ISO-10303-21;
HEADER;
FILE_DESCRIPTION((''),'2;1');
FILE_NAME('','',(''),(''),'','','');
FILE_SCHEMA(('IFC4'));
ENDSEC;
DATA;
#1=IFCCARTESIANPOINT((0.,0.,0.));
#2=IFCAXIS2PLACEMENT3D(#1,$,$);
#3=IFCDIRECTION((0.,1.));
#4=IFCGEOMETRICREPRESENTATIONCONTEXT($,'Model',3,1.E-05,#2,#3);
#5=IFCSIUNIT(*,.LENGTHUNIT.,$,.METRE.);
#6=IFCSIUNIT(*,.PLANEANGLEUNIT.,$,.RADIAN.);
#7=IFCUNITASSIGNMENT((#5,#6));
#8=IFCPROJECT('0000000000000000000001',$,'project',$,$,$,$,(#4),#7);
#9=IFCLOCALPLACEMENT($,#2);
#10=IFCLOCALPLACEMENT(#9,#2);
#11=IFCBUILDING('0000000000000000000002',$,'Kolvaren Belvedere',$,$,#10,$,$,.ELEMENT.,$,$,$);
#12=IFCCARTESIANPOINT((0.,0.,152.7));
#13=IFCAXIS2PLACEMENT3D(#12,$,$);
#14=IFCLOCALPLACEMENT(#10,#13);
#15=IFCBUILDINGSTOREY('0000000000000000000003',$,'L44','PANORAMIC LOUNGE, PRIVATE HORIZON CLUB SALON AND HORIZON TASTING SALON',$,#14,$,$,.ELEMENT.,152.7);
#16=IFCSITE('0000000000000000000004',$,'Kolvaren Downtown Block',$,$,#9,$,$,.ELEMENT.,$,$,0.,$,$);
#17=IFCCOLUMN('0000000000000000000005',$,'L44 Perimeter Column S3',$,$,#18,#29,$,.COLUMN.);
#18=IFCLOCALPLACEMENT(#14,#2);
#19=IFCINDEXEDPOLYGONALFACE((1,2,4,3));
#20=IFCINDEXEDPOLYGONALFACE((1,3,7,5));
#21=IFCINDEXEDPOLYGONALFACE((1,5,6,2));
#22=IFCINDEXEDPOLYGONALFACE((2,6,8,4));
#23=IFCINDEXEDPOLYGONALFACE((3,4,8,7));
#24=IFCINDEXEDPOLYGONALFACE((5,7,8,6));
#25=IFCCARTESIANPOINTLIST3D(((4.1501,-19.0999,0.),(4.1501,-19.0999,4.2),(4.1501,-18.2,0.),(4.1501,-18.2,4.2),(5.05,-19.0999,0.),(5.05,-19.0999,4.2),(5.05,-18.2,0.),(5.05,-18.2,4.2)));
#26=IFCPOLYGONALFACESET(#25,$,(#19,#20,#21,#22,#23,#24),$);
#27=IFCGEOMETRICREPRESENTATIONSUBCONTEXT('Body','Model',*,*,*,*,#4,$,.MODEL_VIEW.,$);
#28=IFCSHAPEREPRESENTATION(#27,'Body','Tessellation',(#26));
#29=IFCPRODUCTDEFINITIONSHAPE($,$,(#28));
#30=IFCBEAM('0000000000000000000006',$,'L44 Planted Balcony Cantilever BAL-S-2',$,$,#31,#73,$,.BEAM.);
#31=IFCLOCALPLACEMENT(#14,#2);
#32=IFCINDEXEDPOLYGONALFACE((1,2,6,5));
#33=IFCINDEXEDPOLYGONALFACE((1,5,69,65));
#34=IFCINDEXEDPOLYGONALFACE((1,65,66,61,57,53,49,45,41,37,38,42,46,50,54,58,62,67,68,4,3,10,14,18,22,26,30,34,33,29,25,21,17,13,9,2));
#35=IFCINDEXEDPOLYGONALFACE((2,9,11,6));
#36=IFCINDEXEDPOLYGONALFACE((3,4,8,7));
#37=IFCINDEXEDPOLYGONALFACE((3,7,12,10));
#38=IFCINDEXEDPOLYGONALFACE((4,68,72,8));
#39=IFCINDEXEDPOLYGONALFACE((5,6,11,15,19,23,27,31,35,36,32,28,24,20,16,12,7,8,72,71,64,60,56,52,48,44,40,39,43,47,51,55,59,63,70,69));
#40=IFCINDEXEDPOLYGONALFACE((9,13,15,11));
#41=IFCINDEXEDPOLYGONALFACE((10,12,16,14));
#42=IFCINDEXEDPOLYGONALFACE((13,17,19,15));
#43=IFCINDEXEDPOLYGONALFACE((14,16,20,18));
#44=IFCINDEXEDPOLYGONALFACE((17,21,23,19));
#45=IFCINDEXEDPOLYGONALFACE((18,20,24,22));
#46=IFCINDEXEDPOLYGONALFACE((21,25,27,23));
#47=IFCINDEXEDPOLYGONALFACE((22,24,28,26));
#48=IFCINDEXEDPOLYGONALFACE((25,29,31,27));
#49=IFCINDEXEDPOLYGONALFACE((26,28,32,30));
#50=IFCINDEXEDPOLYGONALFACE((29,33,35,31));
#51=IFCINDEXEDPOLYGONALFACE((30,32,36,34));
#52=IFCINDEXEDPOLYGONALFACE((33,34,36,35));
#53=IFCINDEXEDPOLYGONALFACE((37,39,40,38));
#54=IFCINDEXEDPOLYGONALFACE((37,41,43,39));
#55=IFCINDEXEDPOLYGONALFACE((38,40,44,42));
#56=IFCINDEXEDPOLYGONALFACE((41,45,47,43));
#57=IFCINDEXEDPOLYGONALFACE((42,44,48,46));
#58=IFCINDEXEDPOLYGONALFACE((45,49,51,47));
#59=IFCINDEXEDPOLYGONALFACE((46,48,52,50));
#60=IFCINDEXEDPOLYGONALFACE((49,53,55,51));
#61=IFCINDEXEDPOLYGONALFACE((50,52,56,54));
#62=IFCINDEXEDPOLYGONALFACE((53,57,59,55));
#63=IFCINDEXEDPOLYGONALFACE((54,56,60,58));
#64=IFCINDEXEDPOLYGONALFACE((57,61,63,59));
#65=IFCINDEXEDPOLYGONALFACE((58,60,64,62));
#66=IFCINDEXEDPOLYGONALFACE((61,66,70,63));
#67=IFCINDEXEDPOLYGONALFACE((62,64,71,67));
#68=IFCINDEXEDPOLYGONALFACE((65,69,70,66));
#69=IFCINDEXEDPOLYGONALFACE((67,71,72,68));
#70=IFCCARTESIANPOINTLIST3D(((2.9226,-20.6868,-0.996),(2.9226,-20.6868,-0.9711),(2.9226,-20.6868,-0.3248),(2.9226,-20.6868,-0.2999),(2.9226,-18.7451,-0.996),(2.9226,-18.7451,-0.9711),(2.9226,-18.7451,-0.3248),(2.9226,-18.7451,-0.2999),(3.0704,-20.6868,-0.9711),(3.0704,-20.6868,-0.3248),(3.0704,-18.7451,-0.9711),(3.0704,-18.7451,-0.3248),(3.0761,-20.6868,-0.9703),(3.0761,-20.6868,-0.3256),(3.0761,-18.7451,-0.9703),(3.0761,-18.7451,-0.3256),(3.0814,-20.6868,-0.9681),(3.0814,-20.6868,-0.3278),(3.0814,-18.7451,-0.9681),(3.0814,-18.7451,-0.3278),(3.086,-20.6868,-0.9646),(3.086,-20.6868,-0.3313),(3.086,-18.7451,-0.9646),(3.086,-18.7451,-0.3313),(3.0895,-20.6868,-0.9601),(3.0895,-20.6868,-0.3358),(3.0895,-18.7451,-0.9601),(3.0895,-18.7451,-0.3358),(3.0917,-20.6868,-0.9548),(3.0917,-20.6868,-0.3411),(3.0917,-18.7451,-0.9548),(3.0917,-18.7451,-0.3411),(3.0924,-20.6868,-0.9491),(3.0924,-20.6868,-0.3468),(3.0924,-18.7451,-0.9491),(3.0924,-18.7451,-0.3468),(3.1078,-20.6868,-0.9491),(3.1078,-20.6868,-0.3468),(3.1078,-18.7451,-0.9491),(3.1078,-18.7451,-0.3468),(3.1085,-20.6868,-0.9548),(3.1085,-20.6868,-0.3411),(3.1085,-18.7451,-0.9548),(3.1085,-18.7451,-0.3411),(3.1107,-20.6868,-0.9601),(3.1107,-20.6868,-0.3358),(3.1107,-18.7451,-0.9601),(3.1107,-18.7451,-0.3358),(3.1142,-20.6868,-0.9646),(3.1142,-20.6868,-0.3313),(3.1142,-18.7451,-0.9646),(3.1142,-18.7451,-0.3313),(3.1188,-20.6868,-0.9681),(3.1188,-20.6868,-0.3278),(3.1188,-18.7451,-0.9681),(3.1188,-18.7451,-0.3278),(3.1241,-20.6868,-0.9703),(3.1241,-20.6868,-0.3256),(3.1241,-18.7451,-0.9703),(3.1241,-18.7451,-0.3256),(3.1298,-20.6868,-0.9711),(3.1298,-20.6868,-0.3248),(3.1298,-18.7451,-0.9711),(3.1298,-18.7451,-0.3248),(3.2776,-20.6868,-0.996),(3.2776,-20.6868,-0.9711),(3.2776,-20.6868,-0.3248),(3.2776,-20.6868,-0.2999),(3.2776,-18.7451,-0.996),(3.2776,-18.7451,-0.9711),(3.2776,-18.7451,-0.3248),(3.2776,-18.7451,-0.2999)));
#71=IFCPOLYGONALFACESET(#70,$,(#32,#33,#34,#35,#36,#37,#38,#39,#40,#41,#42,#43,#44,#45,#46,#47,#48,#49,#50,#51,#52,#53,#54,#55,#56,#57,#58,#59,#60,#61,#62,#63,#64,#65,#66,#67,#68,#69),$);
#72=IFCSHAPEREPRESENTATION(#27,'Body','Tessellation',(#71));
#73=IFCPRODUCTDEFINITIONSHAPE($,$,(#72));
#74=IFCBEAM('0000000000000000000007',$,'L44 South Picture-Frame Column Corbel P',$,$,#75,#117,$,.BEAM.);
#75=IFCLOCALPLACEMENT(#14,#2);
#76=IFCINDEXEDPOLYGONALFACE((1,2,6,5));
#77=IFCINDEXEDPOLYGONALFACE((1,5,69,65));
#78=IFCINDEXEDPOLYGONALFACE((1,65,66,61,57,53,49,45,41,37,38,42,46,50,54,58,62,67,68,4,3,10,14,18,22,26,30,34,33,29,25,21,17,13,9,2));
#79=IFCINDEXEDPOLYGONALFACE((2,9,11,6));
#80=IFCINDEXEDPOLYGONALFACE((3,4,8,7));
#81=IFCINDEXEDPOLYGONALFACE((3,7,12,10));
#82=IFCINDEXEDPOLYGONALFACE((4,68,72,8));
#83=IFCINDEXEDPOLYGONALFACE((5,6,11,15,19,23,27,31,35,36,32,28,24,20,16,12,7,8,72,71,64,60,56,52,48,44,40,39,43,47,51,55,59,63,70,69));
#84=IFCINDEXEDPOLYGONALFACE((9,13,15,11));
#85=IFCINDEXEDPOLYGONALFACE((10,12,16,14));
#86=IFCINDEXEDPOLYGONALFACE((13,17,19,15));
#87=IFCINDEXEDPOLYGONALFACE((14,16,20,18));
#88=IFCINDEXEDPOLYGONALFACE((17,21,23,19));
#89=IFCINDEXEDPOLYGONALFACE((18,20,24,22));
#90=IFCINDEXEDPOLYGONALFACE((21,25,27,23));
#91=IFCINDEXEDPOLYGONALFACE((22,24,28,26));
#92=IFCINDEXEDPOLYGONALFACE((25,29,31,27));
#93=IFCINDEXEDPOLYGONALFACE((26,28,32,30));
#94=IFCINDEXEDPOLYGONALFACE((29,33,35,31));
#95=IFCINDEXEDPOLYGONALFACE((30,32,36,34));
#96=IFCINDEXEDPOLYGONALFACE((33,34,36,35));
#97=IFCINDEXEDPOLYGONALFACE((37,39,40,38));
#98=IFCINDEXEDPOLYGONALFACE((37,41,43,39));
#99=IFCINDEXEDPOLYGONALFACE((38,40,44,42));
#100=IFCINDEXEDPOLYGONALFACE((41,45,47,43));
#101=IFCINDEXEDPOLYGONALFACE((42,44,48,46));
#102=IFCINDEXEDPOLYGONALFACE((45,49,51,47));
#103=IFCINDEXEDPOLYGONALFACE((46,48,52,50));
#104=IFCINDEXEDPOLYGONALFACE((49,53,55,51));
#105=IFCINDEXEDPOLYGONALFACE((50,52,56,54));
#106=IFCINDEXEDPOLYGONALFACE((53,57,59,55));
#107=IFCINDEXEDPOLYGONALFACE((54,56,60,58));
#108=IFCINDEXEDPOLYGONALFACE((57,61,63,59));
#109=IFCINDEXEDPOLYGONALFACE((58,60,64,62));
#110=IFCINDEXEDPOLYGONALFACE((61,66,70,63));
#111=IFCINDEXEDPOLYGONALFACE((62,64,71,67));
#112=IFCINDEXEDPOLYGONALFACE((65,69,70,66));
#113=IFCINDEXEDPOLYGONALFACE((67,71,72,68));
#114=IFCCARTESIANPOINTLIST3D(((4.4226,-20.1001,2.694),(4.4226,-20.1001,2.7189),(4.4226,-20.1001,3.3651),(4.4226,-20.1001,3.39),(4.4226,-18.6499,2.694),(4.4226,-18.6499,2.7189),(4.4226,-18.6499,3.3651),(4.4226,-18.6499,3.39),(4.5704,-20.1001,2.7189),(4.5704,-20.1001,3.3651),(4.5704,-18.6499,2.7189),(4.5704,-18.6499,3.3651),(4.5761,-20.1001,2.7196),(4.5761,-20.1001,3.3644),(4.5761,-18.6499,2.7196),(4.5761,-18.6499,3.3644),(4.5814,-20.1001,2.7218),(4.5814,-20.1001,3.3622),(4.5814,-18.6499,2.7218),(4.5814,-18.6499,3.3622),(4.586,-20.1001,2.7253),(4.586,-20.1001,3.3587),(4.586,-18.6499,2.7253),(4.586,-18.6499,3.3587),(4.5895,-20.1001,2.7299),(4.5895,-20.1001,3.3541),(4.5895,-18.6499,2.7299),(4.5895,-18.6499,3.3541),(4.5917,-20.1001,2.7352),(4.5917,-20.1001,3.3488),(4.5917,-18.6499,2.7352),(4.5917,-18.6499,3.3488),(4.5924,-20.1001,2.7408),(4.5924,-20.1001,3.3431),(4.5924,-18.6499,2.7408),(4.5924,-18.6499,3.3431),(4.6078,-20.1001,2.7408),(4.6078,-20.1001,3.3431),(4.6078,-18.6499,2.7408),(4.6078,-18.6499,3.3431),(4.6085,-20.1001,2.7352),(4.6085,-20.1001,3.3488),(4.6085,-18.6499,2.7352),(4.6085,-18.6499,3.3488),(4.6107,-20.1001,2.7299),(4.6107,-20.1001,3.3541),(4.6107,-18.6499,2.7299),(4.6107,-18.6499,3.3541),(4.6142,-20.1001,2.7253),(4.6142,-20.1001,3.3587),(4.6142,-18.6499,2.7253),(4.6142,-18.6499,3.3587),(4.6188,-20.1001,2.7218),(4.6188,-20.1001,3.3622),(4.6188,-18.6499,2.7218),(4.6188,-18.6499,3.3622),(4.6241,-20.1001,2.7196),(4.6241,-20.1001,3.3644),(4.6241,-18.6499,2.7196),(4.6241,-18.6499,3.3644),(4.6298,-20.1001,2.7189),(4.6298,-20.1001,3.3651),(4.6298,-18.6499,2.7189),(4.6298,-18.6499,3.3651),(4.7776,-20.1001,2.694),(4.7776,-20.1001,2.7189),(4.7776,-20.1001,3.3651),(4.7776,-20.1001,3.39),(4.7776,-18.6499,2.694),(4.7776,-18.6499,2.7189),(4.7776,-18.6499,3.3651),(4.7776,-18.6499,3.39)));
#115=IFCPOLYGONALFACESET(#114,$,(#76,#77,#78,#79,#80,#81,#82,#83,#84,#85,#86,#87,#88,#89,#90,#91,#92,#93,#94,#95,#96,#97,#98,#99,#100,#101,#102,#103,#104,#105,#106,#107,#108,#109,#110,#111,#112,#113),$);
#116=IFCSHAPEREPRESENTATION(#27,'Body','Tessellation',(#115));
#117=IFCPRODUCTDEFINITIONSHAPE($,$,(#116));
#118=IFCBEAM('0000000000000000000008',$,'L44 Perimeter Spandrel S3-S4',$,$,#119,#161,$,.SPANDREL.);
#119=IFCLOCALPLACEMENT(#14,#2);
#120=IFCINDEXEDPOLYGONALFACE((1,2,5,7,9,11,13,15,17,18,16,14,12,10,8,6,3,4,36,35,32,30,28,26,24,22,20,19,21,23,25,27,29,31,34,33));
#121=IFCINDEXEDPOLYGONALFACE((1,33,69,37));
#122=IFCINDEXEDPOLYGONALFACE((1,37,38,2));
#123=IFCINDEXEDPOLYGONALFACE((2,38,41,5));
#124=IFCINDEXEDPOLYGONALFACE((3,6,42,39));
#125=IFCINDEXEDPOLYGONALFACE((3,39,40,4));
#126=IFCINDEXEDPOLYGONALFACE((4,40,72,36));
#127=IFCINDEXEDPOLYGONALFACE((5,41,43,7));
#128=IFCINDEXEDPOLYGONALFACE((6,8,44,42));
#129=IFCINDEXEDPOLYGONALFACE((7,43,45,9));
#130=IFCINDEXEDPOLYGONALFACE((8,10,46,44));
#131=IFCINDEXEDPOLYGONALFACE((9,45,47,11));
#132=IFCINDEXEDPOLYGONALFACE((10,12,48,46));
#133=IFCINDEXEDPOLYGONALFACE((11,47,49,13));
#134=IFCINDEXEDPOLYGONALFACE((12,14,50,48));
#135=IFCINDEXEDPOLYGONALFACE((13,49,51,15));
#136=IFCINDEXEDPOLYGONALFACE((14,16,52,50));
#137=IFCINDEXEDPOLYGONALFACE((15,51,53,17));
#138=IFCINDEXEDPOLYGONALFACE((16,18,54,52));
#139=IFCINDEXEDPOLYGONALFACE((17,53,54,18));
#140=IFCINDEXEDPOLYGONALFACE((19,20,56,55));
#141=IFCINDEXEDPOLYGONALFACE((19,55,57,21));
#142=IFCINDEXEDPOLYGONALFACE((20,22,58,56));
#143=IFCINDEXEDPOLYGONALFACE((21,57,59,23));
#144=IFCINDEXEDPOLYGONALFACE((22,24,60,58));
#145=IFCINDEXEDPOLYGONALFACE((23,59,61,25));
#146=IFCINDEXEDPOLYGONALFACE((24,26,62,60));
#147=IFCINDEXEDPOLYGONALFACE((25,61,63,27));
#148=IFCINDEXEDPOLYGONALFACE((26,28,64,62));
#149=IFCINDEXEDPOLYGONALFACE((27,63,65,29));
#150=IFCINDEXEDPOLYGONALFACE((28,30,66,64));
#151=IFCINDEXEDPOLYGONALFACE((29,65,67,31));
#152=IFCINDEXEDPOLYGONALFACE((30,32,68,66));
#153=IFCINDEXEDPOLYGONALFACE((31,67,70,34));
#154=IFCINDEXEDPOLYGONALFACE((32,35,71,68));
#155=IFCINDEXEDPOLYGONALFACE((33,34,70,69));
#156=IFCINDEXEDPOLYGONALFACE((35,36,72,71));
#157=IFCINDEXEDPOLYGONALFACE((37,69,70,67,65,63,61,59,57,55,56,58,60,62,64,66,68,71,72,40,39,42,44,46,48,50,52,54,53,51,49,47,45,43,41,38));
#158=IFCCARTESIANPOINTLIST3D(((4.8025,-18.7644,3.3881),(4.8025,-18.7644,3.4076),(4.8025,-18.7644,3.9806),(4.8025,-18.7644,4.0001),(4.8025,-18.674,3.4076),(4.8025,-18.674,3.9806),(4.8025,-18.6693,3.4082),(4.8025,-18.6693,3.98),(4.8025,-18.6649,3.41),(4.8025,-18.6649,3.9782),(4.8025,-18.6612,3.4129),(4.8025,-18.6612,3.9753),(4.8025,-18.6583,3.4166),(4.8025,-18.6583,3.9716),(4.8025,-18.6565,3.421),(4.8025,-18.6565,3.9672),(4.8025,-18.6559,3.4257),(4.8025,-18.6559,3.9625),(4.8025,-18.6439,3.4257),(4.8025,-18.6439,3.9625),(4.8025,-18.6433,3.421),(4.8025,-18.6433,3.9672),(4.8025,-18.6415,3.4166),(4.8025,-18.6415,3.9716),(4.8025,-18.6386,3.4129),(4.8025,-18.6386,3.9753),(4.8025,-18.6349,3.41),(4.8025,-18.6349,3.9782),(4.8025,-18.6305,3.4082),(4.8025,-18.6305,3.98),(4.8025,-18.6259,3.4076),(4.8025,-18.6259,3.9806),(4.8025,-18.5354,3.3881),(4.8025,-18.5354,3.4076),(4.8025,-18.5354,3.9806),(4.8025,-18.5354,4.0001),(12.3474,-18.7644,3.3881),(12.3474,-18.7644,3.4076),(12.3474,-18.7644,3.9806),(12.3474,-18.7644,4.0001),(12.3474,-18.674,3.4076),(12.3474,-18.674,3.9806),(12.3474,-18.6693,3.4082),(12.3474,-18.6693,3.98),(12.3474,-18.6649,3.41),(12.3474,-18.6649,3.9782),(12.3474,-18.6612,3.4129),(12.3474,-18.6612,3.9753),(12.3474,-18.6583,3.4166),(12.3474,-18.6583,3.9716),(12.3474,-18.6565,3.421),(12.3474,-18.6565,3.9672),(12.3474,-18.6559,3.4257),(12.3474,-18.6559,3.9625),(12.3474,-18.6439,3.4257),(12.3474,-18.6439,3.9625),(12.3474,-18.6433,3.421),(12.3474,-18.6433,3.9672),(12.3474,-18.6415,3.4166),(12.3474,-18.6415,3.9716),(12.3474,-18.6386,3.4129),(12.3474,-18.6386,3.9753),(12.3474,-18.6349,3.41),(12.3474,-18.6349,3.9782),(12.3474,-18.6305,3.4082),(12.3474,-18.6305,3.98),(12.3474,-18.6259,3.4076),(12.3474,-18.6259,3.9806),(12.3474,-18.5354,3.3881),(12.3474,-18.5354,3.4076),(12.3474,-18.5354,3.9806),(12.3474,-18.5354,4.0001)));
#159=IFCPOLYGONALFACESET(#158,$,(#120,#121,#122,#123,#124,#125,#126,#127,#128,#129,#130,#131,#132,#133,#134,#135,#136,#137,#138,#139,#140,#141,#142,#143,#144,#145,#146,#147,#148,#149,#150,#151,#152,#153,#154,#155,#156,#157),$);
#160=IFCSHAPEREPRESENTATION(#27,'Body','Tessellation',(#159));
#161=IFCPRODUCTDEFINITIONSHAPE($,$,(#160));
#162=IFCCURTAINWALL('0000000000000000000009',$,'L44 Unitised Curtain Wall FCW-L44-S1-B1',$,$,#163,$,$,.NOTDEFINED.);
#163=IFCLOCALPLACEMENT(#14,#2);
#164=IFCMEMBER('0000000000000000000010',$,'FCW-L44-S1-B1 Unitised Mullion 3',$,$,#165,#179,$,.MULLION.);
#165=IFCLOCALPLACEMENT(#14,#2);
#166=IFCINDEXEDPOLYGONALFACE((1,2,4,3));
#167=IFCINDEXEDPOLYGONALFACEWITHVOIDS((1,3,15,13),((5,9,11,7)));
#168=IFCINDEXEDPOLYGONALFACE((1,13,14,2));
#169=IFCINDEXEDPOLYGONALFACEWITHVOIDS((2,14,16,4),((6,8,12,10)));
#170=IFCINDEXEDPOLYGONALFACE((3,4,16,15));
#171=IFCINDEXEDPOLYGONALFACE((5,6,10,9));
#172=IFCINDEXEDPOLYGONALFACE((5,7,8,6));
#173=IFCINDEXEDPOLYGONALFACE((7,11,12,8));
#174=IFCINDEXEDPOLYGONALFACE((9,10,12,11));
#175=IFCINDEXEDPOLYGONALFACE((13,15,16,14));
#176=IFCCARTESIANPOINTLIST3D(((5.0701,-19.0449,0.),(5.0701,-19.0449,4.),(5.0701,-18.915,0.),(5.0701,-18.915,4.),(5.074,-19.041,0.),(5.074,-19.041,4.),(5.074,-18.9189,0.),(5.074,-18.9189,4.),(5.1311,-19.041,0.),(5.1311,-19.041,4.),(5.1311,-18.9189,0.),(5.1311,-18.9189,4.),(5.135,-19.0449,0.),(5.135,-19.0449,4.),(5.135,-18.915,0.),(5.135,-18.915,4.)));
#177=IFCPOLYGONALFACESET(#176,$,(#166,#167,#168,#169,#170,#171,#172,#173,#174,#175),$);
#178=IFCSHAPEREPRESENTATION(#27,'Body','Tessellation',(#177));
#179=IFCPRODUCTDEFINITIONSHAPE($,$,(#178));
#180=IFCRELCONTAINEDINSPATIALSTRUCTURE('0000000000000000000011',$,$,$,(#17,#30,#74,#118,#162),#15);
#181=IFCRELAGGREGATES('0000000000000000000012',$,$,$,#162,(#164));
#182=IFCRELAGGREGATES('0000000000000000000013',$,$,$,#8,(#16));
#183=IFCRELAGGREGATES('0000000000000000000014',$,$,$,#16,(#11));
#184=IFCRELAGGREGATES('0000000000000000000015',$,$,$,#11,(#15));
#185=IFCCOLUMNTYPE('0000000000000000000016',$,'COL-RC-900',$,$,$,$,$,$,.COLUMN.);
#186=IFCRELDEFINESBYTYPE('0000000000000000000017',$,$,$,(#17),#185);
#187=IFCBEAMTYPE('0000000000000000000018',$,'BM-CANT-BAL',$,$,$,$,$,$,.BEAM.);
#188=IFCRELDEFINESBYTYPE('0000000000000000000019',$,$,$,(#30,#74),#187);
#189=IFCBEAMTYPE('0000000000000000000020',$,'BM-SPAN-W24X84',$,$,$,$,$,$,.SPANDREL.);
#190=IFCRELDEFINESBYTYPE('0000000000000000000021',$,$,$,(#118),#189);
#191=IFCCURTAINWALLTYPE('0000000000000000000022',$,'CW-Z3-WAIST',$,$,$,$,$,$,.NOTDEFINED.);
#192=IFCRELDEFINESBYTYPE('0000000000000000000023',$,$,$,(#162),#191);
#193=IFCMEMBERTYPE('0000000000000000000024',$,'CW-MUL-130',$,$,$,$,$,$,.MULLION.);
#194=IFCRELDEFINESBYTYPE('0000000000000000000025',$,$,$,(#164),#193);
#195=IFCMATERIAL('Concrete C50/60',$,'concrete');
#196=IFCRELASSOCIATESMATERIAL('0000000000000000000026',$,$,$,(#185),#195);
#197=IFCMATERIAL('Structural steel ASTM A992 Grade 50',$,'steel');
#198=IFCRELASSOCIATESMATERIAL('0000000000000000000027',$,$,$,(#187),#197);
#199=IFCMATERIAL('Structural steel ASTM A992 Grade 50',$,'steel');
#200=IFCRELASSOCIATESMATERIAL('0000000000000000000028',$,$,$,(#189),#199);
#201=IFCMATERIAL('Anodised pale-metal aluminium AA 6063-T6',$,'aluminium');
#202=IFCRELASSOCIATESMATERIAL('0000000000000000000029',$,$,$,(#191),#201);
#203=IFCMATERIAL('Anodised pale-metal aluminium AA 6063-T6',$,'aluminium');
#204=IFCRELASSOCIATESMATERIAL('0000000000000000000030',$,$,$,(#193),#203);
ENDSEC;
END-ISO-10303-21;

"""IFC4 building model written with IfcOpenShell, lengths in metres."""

from ifc_helpers import new_model, si_unit, direction, frame, origin, origin_2d, place, context, subcontext, project, spatial, rectangle, hollow_rectangle, i_section, extrude, material, material_profile, profile_set, type_object, element, aggregate, save


model = new_model("IFC4")

# Units and contexts
model_context = context("Model", 3, precision=1e-05, world=origin(), true_north=direction((0.0, 1.0)))
body_context = subcontext(model_context, "Body", "Model", "MODEL_VIEW")
ifc_project = project(units=[si_unit("LENGTHUNIT", "METRE"), si_unit("PLANEANGLEUNIT", "RADIAN")], contexts=[model_context])

# Site, building, storey
site_placement = place(None, origin())
site = spatial("IfcSite", under=ifc_project, at=site_placement, Name="Kolvaren Downtown Block", CompositionType="ELEMENT", RefElevation=0.0)
building_placement = place(site_placement, origin())
building = spatial("IfcBuilding", under=site, at=building_placement, Name="Kolvaren Belvedere", CompositionType="ELEMENT")
storey_placement = place(building_placement, frame((0.0, 0.0, 152.7)))
storey = spatial("IfcBuildingStorey", under=building, at=storey_placement, Name="L44", Description="PANORAMIC LOUNGE, PRIVATE HORIZON CLUB SALON AND HORIZON TASTING SALON", CompositionType="ELEMENT", Elevation=152.7)

# Column
ifc_material_1 = material(Name="Concrete C50/60", Category="concrete")
ifc_material_profile_1 = material_profile(ifc_material_1, rectangle(XDim=0.8999, YDim=0.8999, at=origin_2d()), Name="RC 900X900")
ifc_profile_set_1 = profile_set([ifc_material_profile_1], Name="Concrete C50/60")
column_type = type_object("IfcColumnType", Name="COL-RC-900", PredefinedType="COLUMN", material=ifc_profile_set_1)
column_placement = place(storey_placement, frame((4.6001, -18.6499, 0.0), z_axis=(0.0, 0.0, 1.0), x_axis=(1.0, 0.0, 0.0)))
element("IfcColumn", 1, at=column_placement, inside=storey, type_object=column_type, Name="L44 Perimeter Column S3", PredefinedType="COLUMN", context=body_context, shape_type="SweptSolid", body=[
    extrude(rectangle(XDim=0.8999, YDim=0.8999, at=origin_2d()), origin(), (0.0, 0.0, 1.0), 4.2),
])

# Beams
ifc_material_2 = material(Name="Structural steel ASTM A992 Grade 50", Category="steel")
ifc_material_profile_2 = material_profile(ifc_material_2, i_section(OverallWidth=0.355, OverallDepth=0.696, WebThickness=0.0154, FlangeThickness=0.0249, FilletRadius=0.022, at=origin_2d()), Name="W27X146")
ifc_profile_set_2 = profile_set([ifc_material_profile_2], Name="Structural steel ASTM A992 Grade 50")
beam_type_1 = type_object("IfcBeamType", Name="BM-CANT-BAL", PredefinedType="BEAM", material=ifc_profile_set_2)
beam_1_placement = place(storey_placement, frame((3.1001, -18.7451, -0.6479), z_axis=(0.0, -1.0, 0.0), x_axis=(1.0, 0.0, 0.0)))
element("IfcBeam", 2, at=beam_1_placement, inside=storey, type_object=beam_type_1, Name="L44 Planted Balcony Cantilever BAL-S-2", PredefinedType="BEAM", context=body_context, shape_type="SweptSolid", body=[
    extrude(i_section(OverallWidth=0.355, OverallDepth=0.696, WebThickness=0.0154, FlangeThickness=0.0249, FilletRadius=0.022, at=origin_2d()), origin(), (0.0, 0.0, 1.0), 1.9417),
])
beam_2_placement = place(storey_placement, frame((4.6001, -18.6499, 3.042), z_axis=(0.0, -1.0, 0.0), x_axis=(1.0, 0.0, 0.0)))
element("IfcBeam", 3, at=beam_2_placement, inside=storey, type_object=beam_type_1, Name="L44 South Picture-Frame Column Corbel P", PredefinedType="BEAM", context=body_context, shape_type="SweptSolid", body=[
    extrude(i_section(OverallWidth=0.355, OverallDepth=0.696, WebThickness=0.0154, FlangeThickness=0.0249, FilletRadius=0.022, at=origin_2d()), origin(), (0.0, 0.0, 1.0), 1.4502),
])
ifc_material_3 = material(Name="Structural steel ASTM A992 Grade 50", Category="steel")
ifc_material_profile_3 = material_profile(ifc_material_3, i_section(OverallWidth=0.229, OverallDepth=0.6121, WebThickness=0.012, FlangeThickness=0.0195, FilletRadius=0.0181, at=origin_2d()), Name="W24X84")
ifc_profile_set_3 = profile_set([ifc_material_profile_3], Name="Structural steel ASTM A992 Grade 50")
beam_type_2 = type_object("IfcBeamType", Name="BM-SPAN-W24X84", PredefinedType="SPANDREL", material=ifc_profile_set_3)
beam_3_placement = place(storey_placement, frame((4.8025, -18.6499, 3.6941), z_axis=(1.0, 0.0, 0.0), x_axis=(0.0, 1.0, 0.0)))
element("IfcBeam", 4, at=beam_3_placement, inside=storey, type_object=beam_type_2, Name="L44 Perimeter Spandrel S3-S4", PredefinedType="SPANDREL", context=body_context, shape_type="SweptSolid", body=[
    extrude(i_section(OverallWidth=0.229, OverallDepth=0.6121, WebThickness=0.012, FlangeThickness=0.0195, FilletRadius=0.0181, at=origin_2d()), origin(), (0.0, 0.0, 1.0), 7.5449),
])

# Curtain wall, member
ifc_material_4 = material(Name="Anodised pale-metal aluminium AA 6063-T6", Category="aluminium")
curtain_wall_type = type_object("IfcCurtainWallType", Name="CW-Z3-WAIST", PredefinedType="NOTDEFINED", material=ifc_material_4)
curtain_wall_1_placement = place(storey_placement, origin())
curtain_wall_1 = element("IfcCurtainWall", 5, at=curtain_wall_1_placement, inside=storey, type_object=curtain_wall_type, Name="L44 Unitised Curtain Wall FCW-L44-S1-B1", PredefinedType="NOTDEFINED")
ifc_material_5 = material(Name="Anodised pale-metal aluminium AA 6063-T6", Category="aluminium")
ifc_material_profile_4 = material_profile(ifc_material_5, hollow_rectangle(XDim=0.0649, YDim=0.1299, WallThickness=0.0039, at=origin_2d()), Name="ALU-MUL-130X65")
ifc_profile_set_4 = profile_set([ifc_material_profile_4], Name="Anodised pale-metal aluminium AA 6063-T6")
member_type_1 = type_object("IfcMemberType", Name="CW-MUL-130", PredefinedType="MULLION", material=ifc_profile_set_4)
member_1_placement = place(storey_placement, frame((5.1025, -18.98, 0.0), z_axis=(0.0, 0.0, 1.0), x_axis=(1.0, 0.0, 0.0)))
member_1 = element("IfcMember", 6, at=member_1_placement, type_object=member_type_1, Name="FCW-L44-S1-B1 Unitised Mullion 3", PredefinedType="MULLION", context=body_context, shape_type="SweptSolid", body=[
    extrude(hollow_rectangle(XDim=0.0649, YDim=0.1299, WallThickness=0.0039, at=origin_2d()), origin(), (0.0, 0.0, 1.0), 4.0),
])
aggregate(curtain_wall_1, [member_1])

save(model, "model.ifc")
